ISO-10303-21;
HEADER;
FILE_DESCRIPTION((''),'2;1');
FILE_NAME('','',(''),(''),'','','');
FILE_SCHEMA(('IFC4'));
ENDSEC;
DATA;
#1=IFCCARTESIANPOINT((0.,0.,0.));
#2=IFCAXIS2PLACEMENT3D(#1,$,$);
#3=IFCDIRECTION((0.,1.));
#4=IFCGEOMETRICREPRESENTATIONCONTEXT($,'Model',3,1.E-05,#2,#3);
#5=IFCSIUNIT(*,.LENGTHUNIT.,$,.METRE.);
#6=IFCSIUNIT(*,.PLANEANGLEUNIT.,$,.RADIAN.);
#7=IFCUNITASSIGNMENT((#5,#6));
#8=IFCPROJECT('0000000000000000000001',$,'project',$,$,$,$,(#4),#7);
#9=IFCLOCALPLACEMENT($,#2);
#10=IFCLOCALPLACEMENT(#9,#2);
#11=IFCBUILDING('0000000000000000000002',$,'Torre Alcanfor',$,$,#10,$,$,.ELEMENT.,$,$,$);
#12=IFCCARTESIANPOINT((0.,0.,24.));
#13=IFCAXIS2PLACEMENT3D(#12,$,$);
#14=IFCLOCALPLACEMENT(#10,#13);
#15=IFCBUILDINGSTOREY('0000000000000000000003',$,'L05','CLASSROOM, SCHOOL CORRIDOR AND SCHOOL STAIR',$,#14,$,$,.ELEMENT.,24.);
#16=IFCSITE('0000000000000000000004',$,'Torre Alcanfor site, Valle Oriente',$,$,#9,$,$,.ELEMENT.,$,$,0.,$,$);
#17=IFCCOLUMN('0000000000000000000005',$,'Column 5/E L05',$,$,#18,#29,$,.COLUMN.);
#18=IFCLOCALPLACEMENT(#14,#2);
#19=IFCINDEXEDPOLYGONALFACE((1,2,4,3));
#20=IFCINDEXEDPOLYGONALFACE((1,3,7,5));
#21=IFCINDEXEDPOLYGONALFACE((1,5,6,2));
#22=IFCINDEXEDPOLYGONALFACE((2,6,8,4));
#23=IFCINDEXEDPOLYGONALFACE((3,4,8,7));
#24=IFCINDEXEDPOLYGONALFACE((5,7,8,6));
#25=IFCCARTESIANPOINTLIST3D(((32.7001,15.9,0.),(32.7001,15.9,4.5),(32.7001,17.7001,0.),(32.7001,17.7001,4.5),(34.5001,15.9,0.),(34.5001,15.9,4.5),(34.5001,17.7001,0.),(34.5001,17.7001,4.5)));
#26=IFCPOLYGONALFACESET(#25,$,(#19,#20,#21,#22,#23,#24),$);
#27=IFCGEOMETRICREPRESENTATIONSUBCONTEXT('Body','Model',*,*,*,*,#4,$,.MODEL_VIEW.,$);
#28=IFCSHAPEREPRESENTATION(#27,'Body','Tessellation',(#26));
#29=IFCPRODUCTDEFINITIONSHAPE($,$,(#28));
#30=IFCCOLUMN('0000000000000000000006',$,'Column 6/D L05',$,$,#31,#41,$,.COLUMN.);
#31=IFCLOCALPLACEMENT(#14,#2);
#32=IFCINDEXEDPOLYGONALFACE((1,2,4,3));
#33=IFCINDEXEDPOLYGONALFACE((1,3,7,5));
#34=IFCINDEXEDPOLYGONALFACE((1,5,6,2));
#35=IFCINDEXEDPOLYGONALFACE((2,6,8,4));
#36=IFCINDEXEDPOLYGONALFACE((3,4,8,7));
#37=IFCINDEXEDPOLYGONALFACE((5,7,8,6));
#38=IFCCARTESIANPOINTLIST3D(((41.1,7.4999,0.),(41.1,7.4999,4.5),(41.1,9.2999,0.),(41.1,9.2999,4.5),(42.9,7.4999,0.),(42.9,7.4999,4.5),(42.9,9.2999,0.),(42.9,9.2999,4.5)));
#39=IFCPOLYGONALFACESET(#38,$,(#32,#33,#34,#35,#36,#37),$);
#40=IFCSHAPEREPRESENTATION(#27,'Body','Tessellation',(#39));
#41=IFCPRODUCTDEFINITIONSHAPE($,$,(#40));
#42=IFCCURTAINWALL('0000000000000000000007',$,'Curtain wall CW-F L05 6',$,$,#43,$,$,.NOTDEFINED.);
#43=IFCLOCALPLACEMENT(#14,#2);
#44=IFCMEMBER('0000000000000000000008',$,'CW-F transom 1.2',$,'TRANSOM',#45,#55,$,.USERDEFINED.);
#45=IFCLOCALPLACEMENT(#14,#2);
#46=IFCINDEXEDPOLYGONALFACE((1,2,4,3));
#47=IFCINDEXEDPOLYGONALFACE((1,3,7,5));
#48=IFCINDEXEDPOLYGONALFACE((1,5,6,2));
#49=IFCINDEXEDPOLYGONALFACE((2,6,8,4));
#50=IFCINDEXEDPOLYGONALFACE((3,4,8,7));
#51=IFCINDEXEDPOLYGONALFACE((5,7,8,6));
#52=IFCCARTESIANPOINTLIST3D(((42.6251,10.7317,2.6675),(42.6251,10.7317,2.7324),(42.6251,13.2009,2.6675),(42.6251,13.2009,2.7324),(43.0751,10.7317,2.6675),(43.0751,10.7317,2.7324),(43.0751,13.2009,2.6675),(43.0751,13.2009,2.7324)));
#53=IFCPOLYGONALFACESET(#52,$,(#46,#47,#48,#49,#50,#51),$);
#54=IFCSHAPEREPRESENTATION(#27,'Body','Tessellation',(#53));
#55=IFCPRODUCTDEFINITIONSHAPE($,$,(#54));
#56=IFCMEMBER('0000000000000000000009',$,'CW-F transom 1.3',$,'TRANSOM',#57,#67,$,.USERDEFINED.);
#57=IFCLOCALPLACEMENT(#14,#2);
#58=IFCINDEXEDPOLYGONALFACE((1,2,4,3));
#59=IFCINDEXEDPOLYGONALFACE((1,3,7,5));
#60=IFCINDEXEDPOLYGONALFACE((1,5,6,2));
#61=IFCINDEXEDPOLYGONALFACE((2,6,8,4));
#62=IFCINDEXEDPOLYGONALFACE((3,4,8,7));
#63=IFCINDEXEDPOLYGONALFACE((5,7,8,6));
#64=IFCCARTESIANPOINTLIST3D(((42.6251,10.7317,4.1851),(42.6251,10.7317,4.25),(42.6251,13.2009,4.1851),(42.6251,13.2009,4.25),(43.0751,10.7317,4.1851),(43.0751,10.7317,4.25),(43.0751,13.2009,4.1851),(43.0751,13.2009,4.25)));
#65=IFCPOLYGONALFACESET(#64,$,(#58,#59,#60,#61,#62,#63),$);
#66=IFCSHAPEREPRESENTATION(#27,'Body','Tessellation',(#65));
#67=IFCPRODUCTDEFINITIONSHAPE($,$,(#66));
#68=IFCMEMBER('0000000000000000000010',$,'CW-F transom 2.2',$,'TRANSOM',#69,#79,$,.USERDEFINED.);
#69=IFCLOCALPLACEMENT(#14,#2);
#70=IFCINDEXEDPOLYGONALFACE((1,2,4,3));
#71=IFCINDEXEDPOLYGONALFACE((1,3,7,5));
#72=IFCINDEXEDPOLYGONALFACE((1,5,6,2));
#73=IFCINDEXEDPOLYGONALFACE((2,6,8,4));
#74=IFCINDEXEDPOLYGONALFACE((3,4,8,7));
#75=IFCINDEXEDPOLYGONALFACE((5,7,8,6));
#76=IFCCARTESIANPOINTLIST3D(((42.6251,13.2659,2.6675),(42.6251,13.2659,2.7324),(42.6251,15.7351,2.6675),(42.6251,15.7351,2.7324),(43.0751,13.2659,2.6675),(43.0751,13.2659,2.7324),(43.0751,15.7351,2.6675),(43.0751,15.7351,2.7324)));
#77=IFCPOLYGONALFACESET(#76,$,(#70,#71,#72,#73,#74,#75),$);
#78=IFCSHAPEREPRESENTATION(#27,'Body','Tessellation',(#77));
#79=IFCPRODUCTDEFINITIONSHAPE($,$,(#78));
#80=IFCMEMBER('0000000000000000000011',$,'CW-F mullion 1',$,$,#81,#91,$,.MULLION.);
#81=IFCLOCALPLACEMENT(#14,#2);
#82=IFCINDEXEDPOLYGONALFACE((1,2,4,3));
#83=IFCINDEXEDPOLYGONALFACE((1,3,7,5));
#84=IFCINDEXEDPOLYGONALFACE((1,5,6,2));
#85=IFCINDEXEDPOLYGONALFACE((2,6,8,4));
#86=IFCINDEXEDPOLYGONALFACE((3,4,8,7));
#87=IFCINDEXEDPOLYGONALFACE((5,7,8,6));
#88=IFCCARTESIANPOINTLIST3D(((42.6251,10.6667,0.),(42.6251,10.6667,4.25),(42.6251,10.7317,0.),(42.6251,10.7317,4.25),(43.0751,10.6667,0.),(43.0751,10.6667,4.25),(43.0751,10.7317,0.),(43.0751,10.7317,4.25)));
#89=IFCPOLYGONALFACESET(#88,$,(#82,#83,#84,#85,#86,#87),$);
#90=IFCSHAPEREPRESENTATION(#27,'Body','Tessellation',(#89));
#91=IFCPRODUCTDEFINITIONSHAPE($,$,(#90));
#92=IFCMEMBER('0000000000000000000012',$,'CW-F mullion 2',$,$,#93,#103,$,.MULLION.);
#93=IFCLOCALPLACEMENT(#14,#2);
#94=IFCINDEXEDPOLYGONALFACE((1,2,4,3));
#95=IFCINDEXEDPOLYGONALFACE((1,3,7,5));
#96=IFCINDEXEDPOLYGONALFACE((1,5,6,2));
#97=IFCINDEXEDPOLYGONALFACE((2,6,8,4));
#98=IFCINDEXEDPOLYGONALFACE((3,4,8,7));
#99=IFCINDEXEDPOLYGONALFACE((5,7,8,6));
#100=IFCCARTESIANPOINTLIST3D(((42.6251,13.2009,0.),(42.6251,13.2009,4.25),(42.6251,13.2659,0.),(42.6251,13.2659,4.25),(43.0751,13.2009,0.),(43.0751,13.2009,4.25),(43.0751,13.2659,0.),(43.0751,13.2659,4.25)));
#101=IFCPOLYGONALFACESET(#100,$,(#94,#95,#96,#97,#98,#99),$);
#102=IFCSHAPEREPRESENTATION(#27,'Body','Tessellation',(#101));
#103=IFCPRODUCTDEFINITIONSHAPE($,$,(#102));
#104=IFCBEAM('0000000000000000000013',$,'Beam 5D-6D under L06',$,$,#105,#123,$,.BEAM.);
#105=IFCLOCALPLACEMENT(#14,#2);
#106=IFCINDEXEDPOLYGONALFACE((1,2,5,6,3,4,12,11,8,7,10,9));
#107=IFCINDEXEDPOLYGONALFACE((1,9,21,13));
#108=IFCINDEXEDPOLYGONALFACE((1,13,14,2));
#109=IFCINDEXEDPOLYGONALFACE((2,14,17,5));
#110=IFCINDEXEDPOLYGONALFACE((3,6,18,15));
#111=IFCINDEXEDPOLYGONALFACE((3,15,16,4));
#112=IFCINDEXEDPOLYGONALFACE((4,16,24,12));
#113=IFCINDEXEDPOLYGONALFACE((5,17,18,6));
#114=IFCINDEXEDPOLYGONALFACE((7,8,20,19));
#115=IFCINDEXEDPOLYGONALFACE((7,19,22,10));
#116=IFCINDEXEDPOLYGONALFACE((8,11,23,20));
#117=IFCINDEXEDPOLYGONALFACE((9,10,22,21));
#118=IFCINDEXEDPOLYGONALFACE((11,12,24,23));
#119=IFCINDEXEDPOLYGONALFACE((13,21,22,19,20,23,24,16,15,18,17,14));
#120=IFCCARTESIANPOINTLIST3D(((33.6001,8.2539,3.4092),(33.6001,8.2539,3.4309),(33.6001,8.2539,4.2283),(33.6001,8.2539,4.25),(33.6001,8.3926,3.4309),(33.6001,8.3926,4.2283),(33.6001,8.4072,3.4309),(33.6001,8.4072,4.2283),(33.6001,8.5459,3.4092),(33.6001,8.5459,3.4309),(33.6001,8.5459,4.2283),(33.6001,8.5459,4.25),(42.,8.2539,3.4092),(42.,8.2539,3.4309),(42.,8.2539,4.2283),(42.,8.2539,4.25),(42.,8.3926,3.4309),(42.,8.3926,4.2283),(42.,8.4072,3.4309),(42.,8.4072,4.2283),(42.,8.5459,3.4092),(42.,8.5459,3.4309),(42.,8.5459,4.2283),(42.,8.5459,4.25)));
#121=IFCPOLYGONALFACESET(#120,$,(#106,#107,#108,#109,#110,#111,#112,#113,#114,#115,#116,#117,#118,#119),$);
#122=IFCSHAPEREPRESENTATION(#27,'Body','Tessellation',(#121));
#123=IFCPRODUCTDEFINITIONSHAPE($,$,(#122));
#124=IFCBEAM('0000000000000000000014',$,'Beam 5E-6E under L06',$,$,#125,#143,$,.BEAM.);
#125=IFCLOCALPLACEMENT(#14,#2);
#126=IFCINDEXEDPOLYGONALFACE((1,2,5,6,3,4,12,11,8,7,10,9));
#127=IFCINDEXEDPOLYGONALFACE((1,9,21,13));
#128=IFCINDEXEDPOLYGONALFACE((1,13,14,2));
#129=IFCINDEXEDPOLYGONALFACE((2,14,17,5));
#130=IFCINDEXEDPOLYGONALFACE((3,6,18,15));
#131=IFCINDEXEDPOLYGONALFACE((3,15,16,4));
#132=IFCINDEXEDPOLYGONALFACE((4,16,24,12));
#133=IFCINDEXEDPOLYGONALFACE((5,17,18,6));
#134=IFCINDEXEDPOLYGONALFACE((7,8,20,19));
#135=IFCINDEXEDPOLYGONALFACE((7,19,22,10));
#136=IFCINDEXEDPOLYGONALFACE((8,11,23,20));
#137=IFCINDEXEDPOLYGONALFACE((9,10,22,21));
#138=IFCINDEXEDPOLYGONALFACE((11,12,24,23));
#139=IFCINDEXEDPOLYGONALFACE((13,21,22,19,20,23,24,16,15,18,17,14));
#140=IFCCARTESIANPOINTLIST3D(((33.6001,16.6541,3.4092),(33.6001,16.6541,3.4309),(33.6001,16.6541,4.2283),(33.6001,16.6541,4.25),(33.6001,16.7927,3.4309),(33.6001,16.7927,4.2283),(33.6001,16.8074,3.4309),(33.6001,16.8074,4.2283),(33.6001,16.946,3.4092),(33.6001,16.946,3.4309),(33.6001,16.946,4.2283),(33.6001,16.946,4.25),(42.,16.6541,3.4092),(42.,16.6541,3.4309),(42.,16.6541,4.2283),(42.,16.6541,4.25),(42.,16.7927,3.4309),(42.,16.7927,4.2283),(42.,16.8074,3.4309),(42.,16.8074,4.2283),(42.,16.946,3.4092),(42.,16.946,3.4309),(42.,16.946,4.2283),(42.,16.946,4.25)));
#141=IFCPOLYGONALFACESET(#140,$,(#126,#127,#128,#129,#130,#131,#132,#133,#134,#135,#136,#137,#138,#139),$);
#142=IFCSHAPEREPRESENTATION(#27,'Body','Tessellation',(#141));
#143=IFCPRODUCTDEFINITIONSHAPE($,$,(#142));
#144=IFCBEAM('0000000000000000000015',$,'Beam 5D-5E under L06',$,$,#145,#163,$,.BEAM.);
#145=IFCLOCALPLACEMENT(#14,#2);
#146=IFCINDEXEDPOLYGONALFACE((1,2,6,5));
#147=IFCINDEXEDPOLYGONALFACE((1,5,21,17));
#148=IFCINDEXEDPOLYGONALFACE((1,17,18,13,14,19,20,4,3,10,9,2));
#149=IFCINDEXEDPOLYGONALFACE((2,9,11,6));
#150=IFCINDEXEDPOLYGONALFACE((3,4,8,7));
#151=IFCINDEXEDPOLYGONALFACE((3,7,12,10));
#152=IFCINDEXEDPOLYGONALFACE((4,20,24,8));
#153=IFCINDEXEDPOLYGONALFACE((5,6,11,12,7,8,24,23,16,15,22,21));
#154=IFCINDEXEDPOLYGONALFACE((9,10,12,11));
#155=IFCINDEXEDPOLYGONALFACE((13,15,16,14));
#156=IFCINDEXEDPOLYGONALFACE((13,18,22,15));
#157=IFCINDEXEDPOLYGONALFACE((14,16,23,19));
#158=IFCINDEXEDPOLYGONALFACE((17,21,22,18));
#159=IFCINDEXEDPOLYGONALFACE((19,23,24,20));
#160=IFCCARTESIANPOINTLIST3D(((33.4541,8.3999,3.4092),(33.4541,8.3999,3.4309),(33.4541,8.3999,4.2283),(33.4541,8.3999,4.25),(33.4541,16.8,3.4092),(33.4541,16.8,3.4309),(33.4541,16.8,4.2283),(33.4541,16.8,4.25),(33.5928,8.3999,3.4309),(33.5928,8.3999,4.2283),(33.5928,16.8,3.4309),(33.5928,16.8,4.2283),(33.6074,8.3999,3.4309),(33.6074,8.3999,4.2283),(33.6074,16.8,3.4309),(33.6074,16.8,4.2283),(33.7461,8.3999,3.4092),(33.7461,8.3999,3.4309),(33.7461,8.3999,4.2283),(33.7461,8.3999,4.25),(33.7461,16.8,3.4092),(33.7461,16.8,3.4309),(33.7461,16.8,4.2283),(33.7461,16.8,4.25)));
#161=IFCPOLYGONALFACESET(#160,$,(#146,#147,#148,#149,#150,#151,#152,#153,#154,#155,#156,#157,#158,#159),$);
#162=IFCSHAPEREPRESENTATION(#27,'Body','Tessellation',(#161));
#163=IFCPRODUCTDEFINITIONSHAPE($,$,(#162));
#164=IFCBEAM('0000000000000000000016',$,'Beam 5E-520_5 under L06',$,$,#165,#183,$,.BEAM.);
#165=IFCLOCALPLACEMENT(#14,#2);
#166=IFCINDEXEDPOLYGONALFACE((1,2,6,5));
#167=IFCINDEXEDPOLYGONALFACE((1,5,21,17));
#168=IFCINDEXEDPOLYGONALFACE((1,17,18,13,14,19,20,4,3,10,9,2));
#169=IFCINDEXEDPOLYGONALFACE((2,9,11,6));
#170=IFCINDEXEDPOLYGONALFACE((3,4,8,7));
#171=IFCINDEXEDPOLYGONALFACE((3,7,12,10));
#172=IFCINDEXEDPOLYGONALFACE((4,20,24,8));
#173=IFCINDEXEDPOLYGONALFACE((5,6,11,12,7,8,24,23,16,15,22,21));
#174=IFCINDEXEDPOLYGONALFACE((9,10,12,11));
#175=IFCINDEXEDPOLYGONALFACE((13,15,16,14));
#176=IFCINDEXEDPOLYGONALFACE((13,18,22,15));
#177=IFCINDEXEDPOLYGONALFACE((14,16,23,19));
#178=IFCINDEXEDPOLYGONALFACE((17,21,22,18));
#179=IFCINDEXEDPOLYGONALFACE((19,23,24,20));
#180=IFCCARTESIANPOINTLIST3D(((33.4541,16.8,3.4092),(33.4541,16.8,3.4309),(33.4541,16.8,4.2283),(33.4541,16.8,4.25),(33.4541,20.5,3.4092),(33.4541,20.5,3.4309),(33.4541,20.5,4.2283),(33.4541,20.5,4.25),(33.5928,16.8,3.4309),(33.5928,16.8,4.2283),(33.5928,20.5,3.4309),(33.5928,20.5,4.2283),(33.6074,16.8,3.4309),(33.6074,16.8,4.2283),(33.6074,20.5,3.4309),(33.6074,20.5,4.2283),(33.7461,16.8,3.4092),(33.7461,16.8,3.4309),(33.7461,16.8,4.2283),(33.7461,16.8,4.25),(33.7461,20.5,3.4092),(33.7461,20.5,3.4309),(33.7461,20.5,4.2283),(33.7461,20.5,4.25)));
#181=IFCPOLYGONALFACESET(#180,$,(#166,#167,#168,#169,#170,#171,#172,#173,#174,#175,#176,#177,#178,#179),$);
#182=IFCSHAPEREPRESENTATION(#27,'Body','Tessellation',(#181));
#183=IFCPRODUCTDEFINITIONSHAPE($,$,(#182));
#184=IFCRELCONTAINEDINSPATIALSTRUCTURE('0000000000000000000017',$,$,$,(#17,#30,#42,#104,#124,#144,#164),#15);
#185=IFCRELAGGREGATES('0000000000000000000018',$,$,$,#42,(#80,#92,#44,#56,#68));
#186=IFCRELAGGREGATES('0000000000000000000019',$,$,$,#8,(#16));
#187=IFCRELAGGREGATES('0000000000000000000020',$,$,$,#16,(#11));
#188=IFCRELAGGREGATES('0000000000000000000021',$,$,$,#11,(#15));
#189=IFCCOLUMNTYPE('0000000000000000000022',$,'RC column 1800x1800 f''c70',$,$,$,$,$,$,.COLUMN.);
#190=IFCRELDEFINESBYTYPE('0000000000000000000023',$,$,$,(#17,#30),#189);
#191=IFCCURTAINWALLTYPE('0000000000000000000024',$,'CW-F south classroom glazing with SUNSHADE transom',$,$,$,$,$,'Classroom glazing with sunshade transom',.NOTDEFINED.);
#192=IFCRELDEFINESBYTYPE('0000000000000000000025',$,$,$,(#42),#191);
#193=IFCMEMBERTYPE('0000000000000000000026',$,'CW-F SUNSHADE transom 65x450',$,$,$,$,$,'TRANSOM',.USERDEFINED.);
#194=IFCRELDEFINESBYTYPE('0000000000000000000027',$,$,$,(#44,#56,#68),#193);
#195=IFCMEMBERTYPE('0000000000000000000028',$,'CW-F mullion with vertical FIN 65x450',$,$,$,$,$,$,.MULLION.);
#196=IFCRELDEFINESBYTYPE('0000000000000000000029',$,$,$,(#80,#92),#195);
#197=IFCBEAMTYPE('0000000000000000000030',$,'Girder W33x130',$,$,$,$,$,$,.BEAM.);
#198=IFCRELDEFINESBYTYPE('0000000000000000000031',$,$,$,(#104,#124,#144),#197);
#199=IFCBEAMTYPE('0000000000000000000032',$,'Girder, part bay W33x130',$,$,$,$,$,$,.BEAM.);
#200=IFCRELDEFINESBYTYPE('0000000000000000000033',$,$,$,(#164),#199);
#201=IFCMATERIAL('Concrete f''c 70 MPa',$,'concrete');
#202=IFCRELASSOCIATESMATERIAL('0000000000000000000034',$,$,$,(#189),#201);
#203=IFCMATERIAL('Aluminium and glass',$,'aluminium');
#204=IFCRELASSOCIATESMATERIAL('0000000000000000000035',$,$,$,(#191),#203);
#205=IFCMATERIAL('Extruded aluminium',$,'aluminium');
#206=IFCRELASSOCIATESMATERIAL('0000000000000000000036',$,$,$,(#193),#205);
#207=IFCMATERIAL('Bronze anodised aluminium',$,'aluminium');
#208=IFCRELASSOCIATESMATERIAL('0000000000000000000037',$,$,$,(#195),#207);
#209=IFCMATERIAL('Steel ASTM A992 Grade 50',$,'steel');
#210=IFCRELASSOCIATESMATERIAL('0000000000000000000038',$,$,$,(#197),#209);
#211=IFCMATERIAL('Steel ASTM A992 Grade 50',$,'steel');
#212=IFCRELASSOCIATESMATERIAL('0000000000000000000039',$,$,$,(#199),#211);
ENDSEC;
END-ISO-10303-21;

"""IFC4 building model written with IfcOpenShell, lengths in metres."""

from ifc_helpers import new_model, si_unit, direction, frame, origin, origin_2d, place, context, subcontext, project, spatial, rectangle, i_section, extrude, material, material_profile, profile_set, type_object, element, aggregate, save


model = new_model("IFC4")

# Units and contexts
model_context = context("Model", 3, precision=1e-05, world=origin(), true_north=direction((0.0, 1.0)))
body_context = subcontext(model_context, "Body", "Model", "MODEL_VIEW")
ifc_project = project(units=[si_unit("LENGTHUNIT", "METRE"), si_unit("PLANEANGLEUNIT", "RADIAN")], contexts=[model_context])

# Site, building, storey
site_placement = place(None, origin())
site = spatial("IfcSite", under=ifc_project, at=site_placement, Name="Torre Alcanfor site, Valle Oriente", CompositionType="ELEMENT", RefElevation=0.0)
building_placement = place(site_placement, origin())
building = spatial("IfcBuilding", under=site, at=building_placement, Name="Torre Alcanfor", CompositionType="ELEMENT")
storey_placement = place(building_placement, frame((0.0, 0.0, 24.0)))
storey = spatial("IfcBuildingStorey", under=building, at=storey_placement, Name="L05", Description="CLASSROOM, SCHOOL CORRIDOR AND SCHOOL STAIR", CompositionType="ELEMENT", Elevation=24.0)

# Columns
ifc_material_1 = material(Name="Concrete f'c 70 MPa", Category="concrete")
ifc_material_profile_1 = material_profile(ifc_material_1, rectangle(XDim=1.8, YDim=1.8, at=origin_2d()), Name="1800x1800")
ifc_profile_set_1 = profile_set([ifc_material_profile_1], Name="Concrete f'c 70 MPa")
column_type = type_object("IfcColumnType", Name="RC column 1800x1800 f'c70", PredefinedType="COLUMN", material=ifc_profile_set_1)
for number, where, z_axis, x_axis, name in (
    (1, (33.6001, 16.8, 0.0), (0.0, 0.0, 1.0), (1.0, 0.0, 0.0), "Column 5/E L05"),
    (2, (42.0, 8.3999, 0.0), (0.0, 0.0, 1.0), (1.0, 0.0, 0.0), "Column 6/D L05"),
):
    element("IfcColumn", number, at=place(storey_placement, frame(where, z_axis=z_axis, x_axis=x_axis)), inside=storey, type_object=column_type, Name=name, PredefinedType="COLUMN", context=body_context, shape_type="SweptSolid", body=[
        extrude(rectangle(XDim=1.8, YDim=1.8, at=origin_2d()), origin(), (0.0, 0.0, 1.0), 4.5),
    ])

# Curtain wall, members
ifc_material_2 = material(Name="Aluminium and glass", Category="aluminium")
curtain_wall_type = type_object("IfcCurtainWallType", Name="CW-F south classroom glazing with SUNSHADE transom", ElementType="Classroom glazing with sunshade transom", PredefinedType="NOTDEFINED", material=ifc_material_2)
curtain_wall_placement = place(storey_placement, origin())
curtain_wall = element("IfcCurtainWall", 3, at=curtain_wall_placement, inside=storey, type_object=curtain_wall_type, Name="Curtain wall CW-F L05 6", PredefinedType="NOTDEFINED")
ifc_material_3 = material(Name="Extruded aluminium", Category="aluminium")
ifc_material_profile_2 = material_profile(ifc_material_3, rectangle(XDim=0.45, YDim=0.0649, at=origin_2d()), Name="CW-F transom 450x65")
ifc_profile_set_2 = profile_set([ifc_material_profile_2], Name="Extruded aluminium")
member_type_1 = type_object("IfcMemberType", Name="CW-F SUNSHADE transom 65x450", ElementType="TRANSOM", PredefinedType="USERDEFINED", material=ifc_profile_set_2)
member_1_placement = place(storey_placement, frame((42.8501, 10.7317, 2.7), z_axis=(0.0, 1.0, 0.0), x_axis=(-1.0, 0.0, 0.0)))
member_1 = element("IfcMember", 4, at=member_1_placement, type_object=member_type_1, Name="CW-F transom 1.2", ObjectType="TRANSOM", PredefinedType="USERDEFINED", context=body_context, shape_type="SweptSolid", body=[
    extrude(rectangle(XDim=0.45, YDim=0.0649, at=origin_2d()), origin(), (0.0, 0.0, 1.0), 2.4692),
])
member_2_placement = place(storey_placement, frame((42.8501, 10.7317, 4.2175), z_axis=(0.0, 1.0, 0.0), x_axis=(-1.0, 0.0, 0.0)))
member_2 = element("IfcMember", 5, at=member_2_placement, type_object=member_type_1, Name="CW-F transom 1.3", ObjectType="TRANSOM", PredefinedType="USERDEFINED", context=body_context, shape_type="SweptSolid", body=[
    extrude(rectangle(XDim=0.45, YDim=0.0649, at=origin_2d()), origin(), (0.0, 0.0, 1.0), 2.4692),
])
member_3_placement = place(storey_placement, frame((42.8501, 13.2659, 2.7), z_axis=(0.0, 1.0, 0.0), x_axis=(-1.0, 0.0, 0.0)))
member_3 = element("IfcMember", 6, at=member_3_placement, type_object=member_type_1, Name="CW-F transom 2.2", ObjectType="TRANSOM", PredefinedType="USERDEFINED", context=body_context, shape_type="SweptSolid", body=[
    extrude(rectangle(XDim=0.45, YDim=0.0649, at=origin_2d()), origin(), (0.0, 0.0, 1.0), 2.4692),
])
ifc_material_4 = material(Name="Bronze anodised aluminium", Category="aluminium")
ifc_material_profile_3 = material_profile(ifc_material_4, rectangle(XDim=0.45, YDim=0.0649, at=origin_2d()), Name="CW-F mullion 65x450")
ifc_profile_set_3 = profile_set([ifc_material_profile_3], Name="Bronze anodised aluminium")
member_type_2 = type_object("IfcMemberType", Name="CW-F mullion with vertical FIN 65x450", PredefinedType="MULLION", material=ifc_profile_set_3)
member_4_placement = place(storey_placement, frame((42.8501, 10.6992, 0.0), z_axis=(0.0, 0.0, 1.0), x_axis=(-1.0, 0.0, 0.0)))
member_4 = element("IfcMember", 7, at=member_4_placement, type_object=member_type_2, Name="CW-F mullion 1", PredefinedType="MULLION", context=body_context, shape_type="SweptSolid", body=[
    extrude(rectangle(XDim=0.45, YDim=0.0649, at=origin_2d()), origin(), (0.0, 0.0, 1.0), 4.25),
])
member_5_placement = place(storey_placement, frame((42.8501, 13.2334, 0.0), z_axis=(0.0, 0.0, 1.0), x_axis=(-1.0, 0.0, 0.0)))
member_5 = element("IfcMember", 8, at=member_5_placement, type_object=member_type_2, Name="CW-F mullion 2", PredefinedType="MULLION", context=body_context, shape_type="SweptSolid", body=[
    extrude(rectangle(XDim=0.45, YDim=0.0649, at=origin_2d()), origin(), (0.0, 0.0, 1.0), 4.25),
])

# Beams
ifc_material_5 = material(Name="Steel ASTM A992 Grade 50", Category="steel")
ifc_material_profile_4 = material_profile(ifc_material_5, i_section(OverallWidth=0.292, OverallDepth=0.8408, WebThickness=0.0146, FlangeThickness=0.0217, at=origin_2d()), Name="W33x130")
ifc_profile_set_4 = profile_set([ifc_material_profile_4], Name="Steel ASTM A992 Grade 50")
beam_type_1 = type_object("IfcBeamType", Name="Girder W33x130", PredefinedType="BEAM", material=ifc_profile_set_4)
for number, where, z_axis, x_axis, name in (
    (9, (33.6001, 8.3999, 3.8296), (1.0, 0.0, 0.0), (0.0, 1.0, 0.0), "Beam 5D-6D under L06"),
    (10, (33.6001, 16.8, 3.8296), (1.0, 0.0, 0.0), (0.0, 1.0, 0.0), "Beam 5E-6E under L06"),
):
    element("IfcBeam", number, at=place(storey_placement, frame(where, z_axis=z_axis, x_axis=x_axis)), inside=storey, type_object=beam_type_1, Name=name, PredefinedType="BEAM", context=body_context, shape_type="SweptSolid", body=[
        extrude(i_section(OverallWidth=0.292, OverallDepth=0.8408, WebThickness=0.0146, FlangeThickness=0.0217, at=origin_2d()), origin(), (0.0, 0.0, 1.0), 8.3999),
    ])
beam_1_placement = place(storey_placement, frame((33.6001, 8.3999, 3.8296), z_axis=(0.0, 1.0, 0.0), x_axis=(-1.0, 0.0, 0.0)))
element("IfcBeam", 11, at=beam_1_placement, inside=storey, type_object=beam_type_1, Name="Beam 5D-5E under L06", PredefinedType="BEAM", context=body_context, shape_type="SweptSolid", body=[
    extrude(i_section(OverallWidth=0.292, OverallDepth=0.8408, WebThickness=0.0146, FlangeThickness=0.0217, at=origin_2d()), origin(), (0.0, 0.0, 1.0), 8.4001),
])
ifc_material_6 = material(Name="Steel ASTM A992 Grade 50", Category="steel")
ifc_material_profile_5 = material_profile(ifc_material_6, i_section(OverallWidth=0.292, OverallDepth=0.8408, WebThickness=0.0146, FlangeThickness=0.0217, at=origin_2d()), Name="W33x130")
ifc_profile_set_5 = profile_set([ifc_material_profile_5], Name="Steel ASTM A992 Grade 50")
beam_type_2 = type_object("IfcBeamType", Name="Girder, part bay W33x130", PredefinedType="BEAM", material=ifc_profile_set_5)
beam_2_placement = place(storey_placement, frame((33.6001, 16.8, 3.8296), z_axis=(0.0, 1.0, 0.0), x_axis=(-1.0, 0.0, 0.0)))
element("IfcBeam", 12, at=beam_2_placement, inside=storey, type_object=beam_type_2, Name="Beam 5E-520_5 under L06", PredefinedType="BEAM", context=body_context, shape_type="SweptSolid", body=[
    extrude(i_section(OverallWidth=0.292, OverallDepth=0.8408, WebThickness=0.0146, FlangeThickness=0.0217, at=origin_2d()), origin(), (0.0, 0.0, 1.0), 3.7),
])

aggregate(curtain_wall, [member_4, member_5, member_1, member_2, member_3])

save(model, "model.ifc")
